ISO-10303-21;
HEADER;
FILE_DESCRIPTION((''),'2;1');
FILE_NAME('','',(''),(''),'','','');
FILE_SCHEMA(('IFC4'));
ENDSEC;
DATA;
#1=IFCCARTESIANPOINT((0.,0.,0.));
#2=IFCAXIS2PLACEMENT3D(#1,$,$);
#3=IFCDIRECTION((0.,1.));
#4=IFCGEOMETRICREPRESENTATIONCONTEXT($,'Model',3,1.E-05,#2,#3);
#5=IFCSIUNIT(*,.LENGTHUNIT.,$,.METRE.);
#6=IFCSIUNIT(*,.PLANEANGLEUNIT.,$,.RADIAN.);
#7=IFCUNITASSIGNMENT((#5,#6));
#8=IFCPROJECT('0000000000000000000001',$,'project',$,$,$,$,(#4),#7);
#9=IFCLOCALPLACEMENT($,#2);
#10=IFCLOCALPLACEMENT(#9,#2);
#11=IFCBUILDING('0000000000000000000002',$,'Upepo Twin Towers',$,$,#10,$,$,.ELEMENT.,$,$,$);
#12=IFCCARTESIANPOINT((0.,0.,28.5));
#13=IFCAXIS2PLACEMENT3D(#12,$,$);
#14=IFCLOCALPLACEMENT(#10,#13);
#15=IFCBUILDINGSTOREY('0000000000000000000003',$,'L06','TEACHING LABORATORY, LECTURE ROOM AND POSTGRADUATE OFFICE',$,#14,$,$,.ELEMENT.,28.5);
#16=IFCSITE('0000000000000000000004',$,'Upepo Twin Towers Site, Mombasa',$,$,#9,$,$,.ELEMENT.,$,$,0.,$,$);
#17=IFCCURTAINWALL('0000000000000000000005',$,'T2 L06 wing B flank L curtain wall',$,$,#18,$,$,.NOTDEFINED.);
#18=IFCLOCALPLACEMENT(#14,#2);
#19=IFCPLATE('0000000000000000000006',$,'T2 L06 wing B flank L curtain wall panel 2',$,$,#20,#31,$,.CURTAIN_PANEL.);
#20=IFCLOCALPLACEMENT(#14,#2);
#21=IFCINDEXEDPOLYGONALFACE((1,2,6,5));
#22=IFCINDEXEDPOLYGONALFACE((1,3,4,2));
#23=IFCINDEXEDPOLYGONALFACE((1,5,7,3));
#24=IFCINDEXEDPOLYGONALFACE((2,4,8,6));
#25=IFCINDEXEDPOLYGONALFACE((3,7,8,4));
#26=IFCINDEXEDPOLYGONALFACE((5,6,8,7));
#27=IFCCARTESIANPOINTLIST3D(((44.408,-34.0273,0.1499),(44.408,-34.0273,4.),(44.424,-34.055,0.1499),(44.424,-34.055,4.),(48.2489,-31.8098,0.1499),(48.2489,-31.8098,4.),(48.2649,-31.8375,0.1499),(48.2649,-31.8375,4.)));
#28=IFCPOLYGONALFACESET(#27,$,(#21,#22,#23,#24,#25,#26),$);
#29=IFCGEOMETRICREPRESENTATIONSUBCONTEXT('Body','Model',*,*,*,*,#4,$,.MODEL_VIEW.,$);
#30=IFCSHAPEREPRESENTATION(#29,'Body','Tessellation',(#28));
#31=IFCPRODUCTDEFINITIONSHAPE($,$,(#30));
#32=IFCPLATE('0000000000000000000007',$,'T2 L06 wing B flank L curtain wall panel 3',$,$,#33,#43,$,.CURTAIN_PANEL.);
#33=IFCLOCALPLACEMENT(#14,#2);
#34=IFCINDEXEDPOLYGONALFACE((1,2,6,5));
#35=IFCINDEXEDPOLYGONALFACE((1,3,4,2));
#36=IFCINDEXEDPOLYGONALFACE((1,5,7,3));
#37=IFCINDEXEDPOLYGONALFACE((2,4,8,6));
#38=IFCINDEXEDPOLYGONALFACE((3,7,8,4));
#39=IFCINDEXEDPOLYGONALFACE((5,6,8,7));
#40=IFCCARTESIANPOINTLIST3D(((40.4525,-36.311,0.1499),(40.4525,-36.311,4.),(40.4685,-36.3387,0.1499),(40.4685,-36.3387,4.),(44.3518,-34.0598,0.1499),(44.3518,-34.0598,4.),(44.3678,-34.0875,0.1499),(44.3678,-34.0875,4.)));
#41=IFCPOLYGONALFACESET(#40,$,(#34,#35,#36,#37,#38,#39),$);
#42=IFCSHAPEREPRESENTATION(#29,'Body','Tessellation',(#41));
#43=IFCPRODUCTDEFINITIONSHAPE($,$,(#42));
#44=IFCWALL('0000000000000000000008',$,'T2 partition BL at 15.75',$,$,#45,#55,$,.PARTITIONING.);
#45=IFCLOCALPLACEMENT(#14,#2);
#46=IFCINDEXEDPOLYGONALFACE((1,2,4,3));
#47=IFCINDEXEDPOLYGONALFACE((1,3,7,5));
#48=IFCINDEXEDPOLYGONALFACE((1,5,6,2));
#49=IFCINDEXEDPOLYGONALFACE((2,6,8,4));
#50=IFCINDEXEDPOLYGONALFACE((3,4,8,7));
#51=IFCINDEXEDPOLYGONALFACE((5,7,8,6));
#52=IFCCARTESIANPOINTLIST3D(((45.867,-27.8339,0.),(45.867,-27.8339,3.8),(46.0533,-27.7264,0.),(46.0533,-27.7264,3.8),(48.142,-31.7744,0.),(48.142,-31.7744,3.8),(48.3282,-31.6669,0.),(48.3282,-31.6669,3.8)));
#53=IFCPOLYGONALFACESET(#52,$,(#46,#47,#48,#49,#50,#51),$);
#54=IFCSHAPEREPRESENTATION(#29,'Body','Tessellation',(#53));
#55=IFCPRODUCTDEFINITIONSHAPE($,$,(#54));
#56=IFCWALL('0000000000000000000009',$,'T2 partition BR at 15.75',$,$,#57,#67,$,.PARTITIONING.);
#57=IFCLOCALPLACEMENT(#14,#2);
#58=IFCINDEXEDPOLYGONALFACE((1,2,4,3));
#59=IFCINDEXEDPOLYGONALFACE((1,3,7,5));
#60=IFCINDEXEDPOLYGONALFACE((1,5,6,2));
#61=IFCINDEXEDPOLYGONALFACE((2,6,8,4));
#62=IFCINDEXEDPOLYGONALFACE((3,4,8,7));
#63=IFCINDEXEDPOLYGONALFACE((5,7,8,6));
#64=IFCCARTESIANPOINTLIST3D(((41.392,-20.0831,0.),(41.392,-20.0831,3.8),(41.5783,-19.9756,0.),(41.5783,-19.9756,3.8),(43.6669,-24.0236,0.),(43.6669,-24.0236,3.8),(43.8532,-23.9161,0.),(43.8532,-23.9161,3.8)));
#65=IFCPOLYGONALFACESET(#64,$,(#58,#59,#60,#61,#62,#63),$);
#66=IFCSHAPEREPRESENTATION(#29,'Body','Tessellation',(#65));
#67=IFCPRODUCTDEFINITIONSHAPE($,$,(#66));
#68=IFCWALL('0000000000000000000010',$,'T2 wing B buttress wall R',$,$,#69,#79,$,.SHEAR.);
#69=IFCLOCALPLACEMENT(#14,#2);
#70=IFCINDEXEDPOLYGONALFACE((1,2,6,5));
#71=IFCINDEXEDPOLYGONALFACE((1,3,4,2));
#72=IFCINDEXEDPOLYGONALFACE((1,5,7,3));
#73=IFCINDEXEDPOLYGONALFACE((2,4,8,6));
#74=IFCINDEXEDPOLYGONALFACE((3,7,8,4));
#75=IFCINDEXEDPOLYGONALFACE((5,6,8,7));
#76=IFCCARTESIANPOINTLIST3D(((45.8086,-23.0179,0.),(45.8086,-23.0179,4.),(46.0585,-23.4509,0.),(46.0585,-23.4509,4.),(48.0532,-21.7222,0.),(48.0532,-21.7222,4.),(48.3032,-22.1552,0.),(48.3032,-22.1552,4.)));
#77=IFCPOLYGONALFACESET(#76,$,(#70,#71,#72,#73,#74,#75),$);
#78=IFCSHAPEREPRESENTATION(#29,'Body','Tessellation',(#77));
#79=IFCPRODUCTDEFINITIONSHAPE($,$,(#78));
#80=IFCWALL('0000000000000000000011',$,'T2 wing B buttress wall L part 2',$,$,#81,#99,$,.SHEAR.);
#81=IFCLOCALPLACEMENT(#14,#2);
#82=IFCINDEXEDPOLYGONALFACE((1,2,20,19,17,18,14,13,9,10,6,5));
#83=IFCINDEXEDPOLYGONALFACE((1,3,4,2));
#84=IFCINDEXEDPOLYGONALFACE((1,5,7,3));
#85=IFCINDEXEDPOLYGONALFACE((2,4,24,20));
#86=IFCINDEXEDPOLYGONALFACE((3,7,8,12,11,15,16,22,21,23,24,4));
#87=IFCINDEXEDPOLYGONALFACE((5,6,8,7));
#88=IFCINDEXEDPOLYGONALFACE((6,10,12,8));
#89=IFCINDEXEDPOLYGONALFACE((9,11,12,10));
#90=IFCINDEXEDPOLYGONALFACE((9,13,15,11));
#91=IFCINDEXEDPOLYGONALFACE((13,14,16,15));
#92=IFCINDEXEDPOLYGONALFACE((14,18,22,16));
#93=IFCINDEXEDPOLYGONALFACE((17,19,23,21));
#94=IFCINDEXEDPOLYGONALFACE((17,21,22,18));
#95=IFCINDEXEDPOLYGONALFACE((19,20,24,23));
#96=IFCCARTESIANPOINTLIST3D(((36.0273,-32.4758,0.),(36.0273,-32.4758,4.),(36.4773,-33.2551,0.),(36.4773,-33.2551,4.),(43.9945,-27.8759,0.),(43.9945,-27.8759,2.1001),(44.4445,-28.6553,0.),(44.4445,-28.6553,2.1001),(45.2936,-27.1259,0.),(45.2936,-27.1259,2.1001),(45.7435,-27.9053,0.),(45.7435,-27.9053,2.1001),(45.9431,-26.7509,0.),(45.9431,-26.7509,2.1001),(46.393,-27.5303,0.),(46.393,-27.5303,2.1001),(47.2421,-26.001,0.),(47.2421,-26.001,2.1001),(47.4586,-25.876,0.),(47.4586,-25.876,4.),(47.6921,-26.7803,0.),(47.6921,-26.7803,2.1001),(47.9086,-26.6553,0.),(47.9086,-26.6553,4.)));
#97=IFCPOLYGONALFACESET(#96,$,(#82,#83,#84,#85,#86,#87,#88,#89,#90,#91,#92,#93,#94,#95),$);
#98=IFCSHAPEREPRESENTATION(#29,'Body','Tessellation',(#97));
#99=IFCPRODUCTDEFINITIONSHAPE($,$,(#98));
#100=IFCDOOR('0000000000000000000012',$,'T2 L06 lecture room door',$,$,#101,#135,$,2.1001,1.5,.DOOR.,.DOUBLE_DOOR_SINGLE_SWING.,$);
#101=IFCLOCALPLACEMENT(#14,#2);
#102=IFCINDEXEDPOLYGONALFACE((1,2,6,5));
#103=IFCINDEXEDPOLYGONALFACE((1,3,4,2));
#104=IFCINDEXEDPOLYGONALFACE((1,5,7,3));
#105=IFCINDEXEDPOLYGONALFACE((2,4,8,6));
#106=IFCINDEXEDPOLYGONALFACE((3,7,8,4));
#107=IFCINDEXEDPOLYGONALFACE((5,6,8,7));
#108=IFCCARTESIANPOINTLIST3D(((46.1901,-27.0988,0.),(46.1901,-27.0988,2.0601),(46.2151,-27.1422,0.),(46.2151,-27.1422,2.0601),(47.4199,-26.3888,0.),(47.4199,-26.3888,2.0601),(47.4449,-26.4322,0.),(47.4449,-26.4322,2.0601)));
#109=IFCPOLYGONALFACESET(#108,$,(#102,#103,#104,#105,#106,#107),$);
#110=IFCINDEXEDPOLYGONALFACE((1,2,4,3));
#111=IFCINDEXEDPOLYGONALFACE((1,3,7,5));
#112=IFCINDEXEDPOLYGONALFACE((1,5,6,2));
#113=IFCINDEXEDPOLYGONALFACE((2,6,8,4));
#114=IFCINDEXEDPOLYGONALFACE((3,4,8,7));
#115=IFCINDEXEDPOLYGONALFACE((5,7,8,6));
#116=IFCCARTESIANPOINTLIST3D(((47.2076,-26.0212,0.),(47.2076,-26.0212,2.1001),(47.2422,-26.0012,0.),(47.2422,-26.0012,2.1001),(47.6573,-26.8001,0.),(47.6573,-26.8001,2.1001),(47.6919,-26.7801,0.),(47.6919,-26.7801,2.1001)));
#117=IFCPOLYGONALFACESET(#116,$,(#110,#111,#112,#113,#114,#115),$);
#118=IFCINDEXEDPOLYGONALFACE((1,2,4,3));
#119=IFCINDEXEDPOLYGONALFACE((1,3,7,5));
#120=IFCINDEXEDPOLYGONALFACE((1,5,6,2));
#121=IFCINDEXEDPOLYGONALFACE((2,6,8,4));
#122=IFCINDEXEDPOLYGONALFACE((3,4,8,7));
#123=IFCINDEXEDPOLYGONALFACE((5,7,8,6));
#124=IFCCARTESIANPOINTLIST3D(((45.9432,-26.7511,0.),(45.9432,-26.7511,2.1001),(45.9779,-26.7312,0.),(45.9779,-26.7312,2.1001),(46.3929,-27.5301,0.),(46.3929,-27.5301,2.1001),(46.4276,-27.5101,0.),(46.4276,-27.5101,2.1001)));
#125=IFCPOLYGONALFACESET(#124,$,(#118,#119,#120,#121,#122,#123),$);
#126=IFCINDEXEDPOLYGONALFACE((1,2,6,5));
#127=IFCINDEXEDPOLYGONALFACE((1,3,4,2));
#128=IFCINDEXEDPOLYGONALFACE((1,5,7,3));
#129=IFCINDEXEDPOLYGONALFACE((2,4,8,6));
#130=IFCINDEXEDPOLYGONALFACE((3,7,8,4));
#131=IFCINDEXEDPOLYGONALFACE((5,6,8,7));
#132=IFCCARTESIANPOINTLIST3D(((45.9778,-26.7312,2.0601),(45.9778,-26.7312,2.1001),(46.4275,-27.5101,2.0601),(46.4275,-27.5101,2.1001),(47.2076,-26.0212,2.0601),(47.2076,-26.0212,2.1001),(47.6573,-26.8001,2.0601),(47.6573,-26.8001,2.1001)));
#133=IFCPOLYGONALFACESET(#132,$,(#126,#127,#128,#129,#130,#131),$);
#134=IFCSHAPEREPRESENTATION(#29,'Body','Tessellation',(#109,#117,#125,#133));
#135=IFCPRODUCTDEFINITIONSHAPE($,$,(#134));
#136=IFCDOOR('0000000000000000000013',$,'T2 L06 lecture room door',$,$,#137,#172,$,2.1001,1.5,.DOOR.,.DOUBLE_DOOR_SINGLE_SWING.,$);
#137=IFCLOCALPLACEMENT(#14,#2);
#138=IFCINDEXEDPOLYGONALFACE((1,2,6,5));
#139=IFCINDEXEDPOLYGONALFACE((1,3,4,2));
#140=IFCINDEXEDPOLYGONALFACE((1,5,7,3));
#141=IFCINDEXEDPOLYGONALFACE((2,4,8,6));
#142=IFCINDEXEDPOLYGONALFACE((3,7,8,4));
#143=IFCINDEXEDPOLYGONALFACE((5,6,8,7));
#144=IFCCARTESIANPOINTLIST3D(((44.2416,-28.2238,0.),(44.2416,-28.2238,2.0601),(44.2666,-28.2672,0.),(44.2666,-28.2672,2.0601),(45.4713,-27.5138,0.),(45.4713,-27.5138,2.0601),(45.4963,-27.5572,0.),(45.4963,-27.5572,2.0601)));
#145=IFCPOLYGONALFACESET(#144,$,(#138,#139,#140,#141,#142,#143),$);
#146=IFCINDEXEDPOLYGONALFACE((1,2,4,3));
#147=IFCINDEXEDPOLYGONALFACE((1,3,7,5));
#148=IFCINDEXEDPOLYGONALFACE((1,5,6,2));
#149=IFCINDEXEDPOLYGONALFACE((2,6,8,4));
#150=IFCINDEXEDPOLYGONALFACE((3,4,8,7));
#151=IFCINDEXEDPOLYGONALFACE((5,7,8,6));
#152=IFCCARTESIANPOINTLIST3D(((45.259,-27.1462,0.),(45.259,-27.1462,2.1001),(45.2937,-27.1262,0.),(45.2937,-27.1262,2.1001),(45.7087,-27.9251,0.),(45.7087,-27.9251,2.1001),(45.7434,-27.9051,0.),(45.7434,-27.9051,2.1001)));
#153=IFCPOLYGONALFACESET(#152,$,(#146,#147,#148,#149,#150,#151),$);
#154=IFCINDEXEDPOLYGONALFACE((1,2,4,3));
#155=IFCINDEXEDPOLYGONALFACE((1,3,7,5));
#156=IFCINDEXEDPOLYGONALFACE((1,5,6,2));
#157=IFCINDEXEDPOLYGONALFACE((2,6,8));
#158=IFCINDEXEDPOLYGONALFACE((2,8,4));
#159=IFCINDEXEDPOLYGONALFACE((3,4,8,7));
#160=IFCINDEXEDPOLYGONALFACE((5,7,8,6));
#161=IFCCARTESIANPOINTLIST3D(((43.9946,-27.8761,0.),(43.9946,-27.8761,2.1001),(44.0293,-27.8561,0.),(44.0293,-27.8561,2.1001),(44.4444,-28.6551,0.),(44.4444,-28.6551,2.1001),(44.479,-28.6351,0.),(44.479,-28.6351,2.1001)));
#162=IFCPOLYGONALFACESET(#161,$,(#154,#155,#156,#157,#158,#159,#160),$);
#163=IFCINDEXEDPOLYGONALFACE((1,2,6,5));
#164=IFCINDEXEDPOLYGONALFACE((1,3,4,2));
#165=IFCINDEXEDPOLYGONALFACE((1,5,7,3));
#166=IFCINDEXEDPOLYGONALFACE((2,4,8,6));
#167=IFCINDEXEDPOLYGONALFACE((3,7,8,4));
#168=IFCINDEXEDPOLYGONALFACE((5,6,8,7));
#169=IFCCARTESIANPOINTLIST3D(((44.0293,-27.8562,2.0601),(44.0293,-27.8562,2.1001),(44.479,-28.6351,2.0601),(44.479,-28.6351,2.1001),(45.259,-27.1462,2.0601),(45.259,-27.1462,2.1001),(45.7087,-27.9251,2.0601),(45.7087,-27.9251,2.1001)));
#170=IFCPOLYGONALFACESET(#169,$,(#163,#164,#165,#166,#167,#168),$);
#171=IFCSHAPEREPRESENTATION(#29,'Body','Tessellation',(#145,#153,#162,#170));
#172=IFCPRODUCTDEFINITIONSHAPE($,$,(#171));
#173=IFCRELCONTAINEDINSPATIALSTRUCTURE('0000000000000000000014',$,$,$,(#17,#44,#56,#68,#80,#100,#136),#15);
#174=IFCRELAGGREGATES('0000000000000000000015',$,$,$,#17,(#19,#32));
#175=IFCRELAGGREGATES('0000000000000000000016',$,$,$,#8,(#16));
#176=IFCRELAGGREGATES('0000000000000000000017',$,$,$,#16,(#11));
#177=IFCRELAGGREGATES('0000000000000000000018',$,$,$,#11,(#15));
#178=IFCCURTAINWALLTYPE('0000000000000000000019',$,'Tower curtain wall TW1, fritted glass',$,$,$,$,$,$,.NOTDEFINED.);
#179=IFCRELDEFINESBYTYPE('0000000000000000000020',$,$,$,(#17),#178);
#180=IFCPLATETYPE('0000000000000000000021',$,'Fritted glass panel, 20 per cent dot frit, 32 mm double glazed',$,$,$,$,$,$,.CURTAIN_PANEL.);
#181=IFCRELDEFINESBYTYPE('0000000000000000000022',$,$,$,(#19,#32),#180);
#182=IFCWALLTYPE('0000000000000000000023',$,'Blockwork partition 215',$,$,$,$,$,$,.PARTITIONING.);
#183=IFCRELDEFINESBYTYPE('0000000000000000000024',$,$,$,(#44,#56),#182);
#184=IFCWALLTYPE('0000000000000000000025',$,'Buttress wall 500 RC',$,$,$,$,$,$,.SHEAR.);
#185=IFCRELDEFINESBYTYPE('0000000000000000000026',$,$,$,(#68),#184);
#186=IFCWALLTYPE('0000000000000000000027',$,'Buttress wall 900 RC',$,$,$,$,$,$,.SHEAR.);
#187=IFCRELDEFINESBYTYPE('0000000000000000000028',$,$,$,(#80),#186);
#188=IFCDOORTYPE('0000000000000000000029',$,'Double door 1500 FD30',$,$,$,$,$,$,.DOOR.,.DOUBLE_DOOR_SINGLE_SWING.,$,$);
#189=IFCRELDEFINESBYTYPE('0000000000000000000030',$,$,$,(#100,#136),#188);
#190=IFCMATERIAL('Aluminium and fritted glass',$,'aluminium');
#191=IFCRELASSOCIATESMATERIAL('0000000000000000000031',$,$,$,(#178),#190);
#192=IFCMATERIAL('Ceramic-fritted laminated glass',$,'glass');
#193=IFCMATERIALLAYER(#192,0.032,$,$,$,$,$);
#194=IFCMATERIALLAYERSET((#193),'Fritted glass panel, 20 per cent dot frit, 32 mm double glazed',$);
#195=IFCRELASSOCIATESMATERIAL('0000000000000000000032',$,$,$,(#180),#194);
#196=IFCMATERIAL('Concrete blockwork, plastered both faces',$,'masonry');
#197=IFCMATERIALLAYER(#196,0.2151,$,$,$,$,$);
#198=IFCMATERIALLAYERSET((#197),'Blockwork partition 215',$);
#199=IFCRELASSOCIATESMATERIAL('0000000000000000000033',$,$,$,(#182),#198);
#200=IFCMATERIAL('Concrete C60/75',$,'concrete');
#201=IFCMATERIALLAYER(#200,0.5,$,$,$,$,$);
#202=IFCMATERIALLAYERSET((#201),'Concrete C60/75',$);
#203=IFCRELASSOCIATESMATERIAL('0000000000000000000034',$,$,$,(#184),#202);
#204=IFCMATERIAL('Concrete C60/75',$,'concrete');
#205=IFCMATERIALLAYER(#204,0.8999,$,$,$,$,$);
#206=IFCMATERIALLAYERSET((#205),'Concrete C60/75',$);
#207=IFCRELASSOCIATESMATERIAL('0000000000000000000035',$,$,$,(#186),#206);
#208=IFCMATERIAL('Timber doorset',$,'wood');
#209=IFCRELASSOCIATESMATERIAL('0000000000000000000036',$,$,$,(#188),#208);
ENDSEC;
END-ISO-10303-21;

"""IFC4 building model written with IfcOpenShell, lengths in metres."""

from ifc_helpers import new_model, si_unit, direction, frame, frame_2d, origin, origin_2d, place, context, subcontext, project, spatial, rectangle, extrude, material, layer, layer_set, type_object, element, fill, aggregate, save


model = new_model("IFC4")

# Units and contexts
model_context = context("Model", 3, precision=1e-05, world=origin(), true_north=direction((0.0, 1.0)))
body_context = subcontext(model_context, "Body", "Model", "MODEL_VIEW")
ifc_project = project(units=[si_unit("LENGTHUNIT", "METRE"), si_unit("PLANEANGLEUNIT", "RADIAN")], contexts=[model_context])

# Site, building, storey
site_placement = place(None, origin())
site = spatial("IfcSite", under=ifc_project, at=site_placement, Name="Upepo Twin Towers Site, Mombasa", CompositionType="ELEMENT", RefElevation=0.0)
building_placement = place(site_placement, origin())
building = spatial("IfcBuilding", under=site, at=building_placement, Name="Upepo Twin Towers", CompositionType="ELEMENT")
storey_placement = place(building_placement, frame((0.0, 0.0, 28.5)))
storey = spatial("IfcBuildingStorey", under=building, at=storey_placement, Name="L06", Description="TEACHING LABORATORY, LECTURE ROOM AND POSTGRADUATE OFFICE", CompositionType="ELEMENT", Elevation=28.5)

# Curtain wall, plates
ifc_material_1 = material(Name="Aluminium and fritted glass", Category="aluminium")
curtain_wall_type = type_object("IfcCurtainWallType", Name="Tower curtain wall TW1, fritted glass", PredefinedType="NOTDEFINED", material=ifc_material_1)
curtain_wall_placement = place(storey_placement, origin())
curtain_wall = element("IfcCurtainWall", 1, at=curtain_wall_placement, inside=storey, type_object=curtain_wall_type, Name="T2 L06 wing B flank L curtain wall", PredefinedType="NOTDEFINED")
ifc_material_2 = material(Name="Ceramic-fritted laminated glass", Category="glass")
ifc_layer_1 = layer(ifc_material_2, 0.032)
ifc_layer_set_1 = layer_set([ifc_layer_1], Name="Fritted glass panel, 20 per cent dot frit, 32 mm double glazed")
plate_type = type_object("IfcPlateType", Name="Fritted glass panel, 20 per cent dot frit, 32 mm double glazed", PredefinedType="CURTAIN_PANEL", material=ifc_layer_set_1)
plate_1_placement = place(storey_placement, frame((46.3364, -32.9324, 0.1499), z_axis=(0.0, 0.0, 1.0), x_axis=(-0.866025, -0.5, 0.0)))
plate_1 = element("IfcPlate", 2, at=plate_1_placement, type_object=plate_type, Name="T2 L06 wing B flank L curtain wall panel 2", PredefinedType="CURTAIN_PANEL", context=body_context, shape_type="SweptSolid", body=[
    extrude(rectangle(XDim=4.4351, YDim=0.032, at=origin_2d()), origin(), (0.0, 0.0, 1.0), 3.8501),
])
plate_2_placement = place(storey_placement, frame((42.4102, -35.1992, 0.1499), z_axis=(0.0, 0.0, 1.0), x_axis=(-0.866025, -0.5, 0.0)))
plate_2 = element("IfcPlate", 3, at=plate_2_placement, type_object=plate_type, Name="T2 L06 wing B flank L curtain wall panel 3", PredefinedType="CURTAIN_PANEL", context=body_context, shape_type="SweptSolid", body=[
    extrude(rectangle(XDim=4.5024, YDim=0.032, at=origin_2d()), origin(), (0.0, 0.0, 1.0), 3.8501),
])
aggregate(curtain_wall, [plate_1, plate_2])

# Walls
ifc_material_3 = material(Name="Concrete blockwork, plastered both faces", Category="masonry")
ifc_layer_2 = layer(ifc_material_3, 0.2151)
ifc_layer_set_2 = layer_set([ifc_layer_2], Name="Blockwork partition 215")
wall_type_1 = type_object("IfcWallType", Name="Blockwork partition 215", PredefinedType="PARTITIONING", material=ifc_layer_set_2)
for number, where, z_axis, x_axis, name in (
    (4, (45.9602, -27.7803, 0.0), (0.0, 0.0, 1.0), (0.499983, -0.866035, 0.0), "T2 partition BL at 15.75"),
    (5, (43.76, -23.9697, 0.0), (0.0, 0.0, 1.0), (-0.499983, 0.866035, 0.0), "T2 partition BR at 15.75"),
):
    element("IfcWall", number, at=place(storey_placement, frame(where, z_axis=z_axis, x_axis=x_axis)), inside=storey, type_object=wall_type_1, Name=name, PredefinedType="PARTITIONING", context=body_context, shape_type="SweptSolid", body=[
        extrude(rectangle(XDim=4.55, YDim=0.2151, at=frame_2d((2.2749, 0.0))), origin(), (0.0, 0.0, 1.0), 3.8),
    ])
ifc_material_4 = material(Name="Concrete C60/75", Category="concrete")
ifc_layer_3 = layer(ifc_material_4, 0.5)
ifc_layer_set_3 = layer_set([ifc_layer_3], Name="Concrete C60/75")
wall_type_2 = type_object("IfcWallType", Name="Buttress wall 500 RC", PredefinedType="SHEAR", material=ifc_layer_set_3)
wall_1_placement = place(storey_placement, frame((48.1782, -21.9387, 0.0), z_axis=(0.0, 0.0, 1.0), x_axis=(-0.866073, -0.499918, 0.0)))
element("IfcWall", 6, at=wall_1_placement, inside=storey, type_object=wall_type_2, Name="T2 wing B buttress wall R", PredefinedType="SHEAR", context=body_context, shape_type="SweptSolid", body=[
    extrude(rectangle(XDim=2.5918, YDim=0.5, at=frame_2d((1.2959, 0.0))), origin(), (0.0, 0.0, 1.0), 4.0),
])

# Wall, openings, doors
ifc_material_5 = material(Name="Concrete C60/75", Category="concrete")
ifc_layer_4 = layer(ifc_material_5, 0.8999)
ifc_layer_set_4 = layer_set([ifc_layer_4], Name="Concrete C60/75")
wall_type_3 = type_object("IfcWallType", Name="Buttress wall 900 RC", PredefinedType="SHEAR", material=ifc_layer_set_4)
wall_2_placement = place(storey_placement, frame((47.6836, -26.2656, 0.0), z_axis=(0.0, 0.0, 1.0), x_axis=(-0.866028, -0.499996, 0.0)))
wall_2 = element("IfcWall", 7, at=wall_2_placement, inside=storey, type_object=wall_type_3, Name="T2 wing B buttress wall L part 2", PredefinedType="SHEAR", context=body_context, shape_type="SweptSolid", body=[
    extrude(rectangle(XDim=13.1997, YDim=0.8999, at=frame_2d((6.5999, 0.0))), origin(), (0.0, 0.0, 1.0), 4.0),
])
opening_1_placement = place(wall_2_placement, frame((0.25, 0.0, 0.0)))
opening_1 = element("IfcOpeningElement", 8, at=opening_1_placement, cuts=wall_2, PredefinedType="OPENING", context=body_context, shape_type="SweptSolid", body=[
    extrude(rectangle(XDim=1.5, YDim=2.1001, at=frame_2d((0.75, 1.05))), frame((0.0, 0.46, 0.0), z_axis=(0.0, -1.0, 0.0), x_axis=(1.0, 0.0, 0.0)), (0.0, 0.0, 1.0), 0.9199),
])
opening_2_placement = place(wall_2_placement, frame((2.5, 0.0, 0.0)))
opening_2 = element("IfcOpeningElement", 9, at=opening_2_placement, cuts=wall_2, PredefinedType="OPENING", context=body_context, shape_type="SweptSolid", body=[
    extrude(rectangle(XDim=1.5, YDim=2.1001, at=frame_2d((0.75, 1.05))), frame((0.0, 0.46, 0.0), z_axis=(0.0, -1.0, 0.0), x_axis=(1.0, 0.0, 0.0)), (0.0, 0.0, 1.0), 0.9199),
])
ifc_material_6 = material(Name="Timber doorset", Category="wood")
door_type_1 = type_object("IfcDoorType", Name="Double door 1500 FD30", OperationType="DOUBLE_DOOR_SINGLE_SWING", PredefinedType="DOOR", material=ifc_material_6)
door_1_placement = place(opening_1_placement, origin())
door_1 = element("IfcDoor", 10, at=door_1_placement, inside=storey, type_object=door_type_1, Name="T2 L06 lecture room door", OperationType="DOUBLE_DOOR_SINGLE_SWING", OverallHeight=2.1001, OverallWidth=1.5, PredefinedType="DOOR", context=body_context, shape_type="SweptSolid", body=[
    extrude(rectangle(XDim=1.42, YDim=2.0601, at=frame_2d((0.75, 1.03))), frame((0.0, 0.0249, 0.0), z_axis=(0.0, -1.0, 0.0), x_axis=(1.0, 0.0, 0.0)), (0.0, 0.0, 1.0), 0.05),
    extrude(rectangle(XDim=0.04, YDim=2.1001, at=frame_2d((0.02, 1.05))), frame((0.0, 0.4497, 0.0), z_axis=(0.0, -1.0, 0.0), x_axis=(1.0, 0.0, 0.0)), (0.0, 0.0, 1.0), 0.8994),
    extrude(rectangle(XDim=0.04, YDim=2.1001, at=frame_2d((1.48, 1.05))), frame((0.0, 0.4497, 0.0), z_axis=(0.0, -1.0, 0.0), x_axis=(1.0, 0.0, 0.0)), (0.0, 0.0, 1.0), 0.8994),
    extrude(rectangle(XDim=1.42, YDim=0.04, at=frame_2d((0.75, 2.0801))), frame((0.0, 0.4497, 0.0), z_axis=(0.0, -1.0, 0.0), x_axis=(1.0, 0.0, 0.0)), (0.0, 0.0, 1.0), 0.8994),
])
fill(opening_1, door_1)
door_2_placement = place(opening_2_placement, origin())
door_2 = element("IfcDoor", 11, at=door_2_placement, inside=storey, type_object=door_type_1, Name="T2 L06 lecture room door", OperationType="DOUBLE_DOOR_SINGLE_SWING", OverallHeight=2.1001, OverallWidth=1.5, PredefinedType="DOOR", context=body_context, shape_type="SweptSolid", body=[
    extrude(rectangle(XDim=1.42, YDim=2.0601, at=frame_2d((0.75, 1.03))), frame((0.0, 0.0249, 0.0), z_axis=(0.0, -1.0, 0.0), x_axis=(1.0, 0.0, 0.0)), (0.0, 0.0, 1.0), 0.05),
    extrude(rectangle(XDim=0.04, YDim=2.1001, at=frame_2d((0.02, 1.05))), frame((0.0, 0.4497, 0.0), z_axis=(0.0, -1.0, 0.0), x_axis=(1.0, 0.0, 0.0)), (0.0, 0.0, 1.0), 0.8994),
    extrude(rectangle(XDim=0.04, YDim=2.1001, at=frame_2d((1.48, 1.05))), frame((0.0, 0.4497, 0.0), z_axis=(0.0, -1.0, 0.0), x_axis=(1.0, 0.0, 0.0)), (0.0, 0.0, 1.0), 0.8994),
    extrude(rectangle(XDim=1.42, YDim=0.04, at=frame_2d((0.75, 2.0801))), frame((0.0, 0.4497, 0.0), z_axis=(0.0, -1.0, 0.0), x_axis=(1.0, 0.0, 0.0)), (0.0, 0.0, 1.0), 0.8994),
])
fill(opening_2, door_2)

save(model, "model.ifc")
